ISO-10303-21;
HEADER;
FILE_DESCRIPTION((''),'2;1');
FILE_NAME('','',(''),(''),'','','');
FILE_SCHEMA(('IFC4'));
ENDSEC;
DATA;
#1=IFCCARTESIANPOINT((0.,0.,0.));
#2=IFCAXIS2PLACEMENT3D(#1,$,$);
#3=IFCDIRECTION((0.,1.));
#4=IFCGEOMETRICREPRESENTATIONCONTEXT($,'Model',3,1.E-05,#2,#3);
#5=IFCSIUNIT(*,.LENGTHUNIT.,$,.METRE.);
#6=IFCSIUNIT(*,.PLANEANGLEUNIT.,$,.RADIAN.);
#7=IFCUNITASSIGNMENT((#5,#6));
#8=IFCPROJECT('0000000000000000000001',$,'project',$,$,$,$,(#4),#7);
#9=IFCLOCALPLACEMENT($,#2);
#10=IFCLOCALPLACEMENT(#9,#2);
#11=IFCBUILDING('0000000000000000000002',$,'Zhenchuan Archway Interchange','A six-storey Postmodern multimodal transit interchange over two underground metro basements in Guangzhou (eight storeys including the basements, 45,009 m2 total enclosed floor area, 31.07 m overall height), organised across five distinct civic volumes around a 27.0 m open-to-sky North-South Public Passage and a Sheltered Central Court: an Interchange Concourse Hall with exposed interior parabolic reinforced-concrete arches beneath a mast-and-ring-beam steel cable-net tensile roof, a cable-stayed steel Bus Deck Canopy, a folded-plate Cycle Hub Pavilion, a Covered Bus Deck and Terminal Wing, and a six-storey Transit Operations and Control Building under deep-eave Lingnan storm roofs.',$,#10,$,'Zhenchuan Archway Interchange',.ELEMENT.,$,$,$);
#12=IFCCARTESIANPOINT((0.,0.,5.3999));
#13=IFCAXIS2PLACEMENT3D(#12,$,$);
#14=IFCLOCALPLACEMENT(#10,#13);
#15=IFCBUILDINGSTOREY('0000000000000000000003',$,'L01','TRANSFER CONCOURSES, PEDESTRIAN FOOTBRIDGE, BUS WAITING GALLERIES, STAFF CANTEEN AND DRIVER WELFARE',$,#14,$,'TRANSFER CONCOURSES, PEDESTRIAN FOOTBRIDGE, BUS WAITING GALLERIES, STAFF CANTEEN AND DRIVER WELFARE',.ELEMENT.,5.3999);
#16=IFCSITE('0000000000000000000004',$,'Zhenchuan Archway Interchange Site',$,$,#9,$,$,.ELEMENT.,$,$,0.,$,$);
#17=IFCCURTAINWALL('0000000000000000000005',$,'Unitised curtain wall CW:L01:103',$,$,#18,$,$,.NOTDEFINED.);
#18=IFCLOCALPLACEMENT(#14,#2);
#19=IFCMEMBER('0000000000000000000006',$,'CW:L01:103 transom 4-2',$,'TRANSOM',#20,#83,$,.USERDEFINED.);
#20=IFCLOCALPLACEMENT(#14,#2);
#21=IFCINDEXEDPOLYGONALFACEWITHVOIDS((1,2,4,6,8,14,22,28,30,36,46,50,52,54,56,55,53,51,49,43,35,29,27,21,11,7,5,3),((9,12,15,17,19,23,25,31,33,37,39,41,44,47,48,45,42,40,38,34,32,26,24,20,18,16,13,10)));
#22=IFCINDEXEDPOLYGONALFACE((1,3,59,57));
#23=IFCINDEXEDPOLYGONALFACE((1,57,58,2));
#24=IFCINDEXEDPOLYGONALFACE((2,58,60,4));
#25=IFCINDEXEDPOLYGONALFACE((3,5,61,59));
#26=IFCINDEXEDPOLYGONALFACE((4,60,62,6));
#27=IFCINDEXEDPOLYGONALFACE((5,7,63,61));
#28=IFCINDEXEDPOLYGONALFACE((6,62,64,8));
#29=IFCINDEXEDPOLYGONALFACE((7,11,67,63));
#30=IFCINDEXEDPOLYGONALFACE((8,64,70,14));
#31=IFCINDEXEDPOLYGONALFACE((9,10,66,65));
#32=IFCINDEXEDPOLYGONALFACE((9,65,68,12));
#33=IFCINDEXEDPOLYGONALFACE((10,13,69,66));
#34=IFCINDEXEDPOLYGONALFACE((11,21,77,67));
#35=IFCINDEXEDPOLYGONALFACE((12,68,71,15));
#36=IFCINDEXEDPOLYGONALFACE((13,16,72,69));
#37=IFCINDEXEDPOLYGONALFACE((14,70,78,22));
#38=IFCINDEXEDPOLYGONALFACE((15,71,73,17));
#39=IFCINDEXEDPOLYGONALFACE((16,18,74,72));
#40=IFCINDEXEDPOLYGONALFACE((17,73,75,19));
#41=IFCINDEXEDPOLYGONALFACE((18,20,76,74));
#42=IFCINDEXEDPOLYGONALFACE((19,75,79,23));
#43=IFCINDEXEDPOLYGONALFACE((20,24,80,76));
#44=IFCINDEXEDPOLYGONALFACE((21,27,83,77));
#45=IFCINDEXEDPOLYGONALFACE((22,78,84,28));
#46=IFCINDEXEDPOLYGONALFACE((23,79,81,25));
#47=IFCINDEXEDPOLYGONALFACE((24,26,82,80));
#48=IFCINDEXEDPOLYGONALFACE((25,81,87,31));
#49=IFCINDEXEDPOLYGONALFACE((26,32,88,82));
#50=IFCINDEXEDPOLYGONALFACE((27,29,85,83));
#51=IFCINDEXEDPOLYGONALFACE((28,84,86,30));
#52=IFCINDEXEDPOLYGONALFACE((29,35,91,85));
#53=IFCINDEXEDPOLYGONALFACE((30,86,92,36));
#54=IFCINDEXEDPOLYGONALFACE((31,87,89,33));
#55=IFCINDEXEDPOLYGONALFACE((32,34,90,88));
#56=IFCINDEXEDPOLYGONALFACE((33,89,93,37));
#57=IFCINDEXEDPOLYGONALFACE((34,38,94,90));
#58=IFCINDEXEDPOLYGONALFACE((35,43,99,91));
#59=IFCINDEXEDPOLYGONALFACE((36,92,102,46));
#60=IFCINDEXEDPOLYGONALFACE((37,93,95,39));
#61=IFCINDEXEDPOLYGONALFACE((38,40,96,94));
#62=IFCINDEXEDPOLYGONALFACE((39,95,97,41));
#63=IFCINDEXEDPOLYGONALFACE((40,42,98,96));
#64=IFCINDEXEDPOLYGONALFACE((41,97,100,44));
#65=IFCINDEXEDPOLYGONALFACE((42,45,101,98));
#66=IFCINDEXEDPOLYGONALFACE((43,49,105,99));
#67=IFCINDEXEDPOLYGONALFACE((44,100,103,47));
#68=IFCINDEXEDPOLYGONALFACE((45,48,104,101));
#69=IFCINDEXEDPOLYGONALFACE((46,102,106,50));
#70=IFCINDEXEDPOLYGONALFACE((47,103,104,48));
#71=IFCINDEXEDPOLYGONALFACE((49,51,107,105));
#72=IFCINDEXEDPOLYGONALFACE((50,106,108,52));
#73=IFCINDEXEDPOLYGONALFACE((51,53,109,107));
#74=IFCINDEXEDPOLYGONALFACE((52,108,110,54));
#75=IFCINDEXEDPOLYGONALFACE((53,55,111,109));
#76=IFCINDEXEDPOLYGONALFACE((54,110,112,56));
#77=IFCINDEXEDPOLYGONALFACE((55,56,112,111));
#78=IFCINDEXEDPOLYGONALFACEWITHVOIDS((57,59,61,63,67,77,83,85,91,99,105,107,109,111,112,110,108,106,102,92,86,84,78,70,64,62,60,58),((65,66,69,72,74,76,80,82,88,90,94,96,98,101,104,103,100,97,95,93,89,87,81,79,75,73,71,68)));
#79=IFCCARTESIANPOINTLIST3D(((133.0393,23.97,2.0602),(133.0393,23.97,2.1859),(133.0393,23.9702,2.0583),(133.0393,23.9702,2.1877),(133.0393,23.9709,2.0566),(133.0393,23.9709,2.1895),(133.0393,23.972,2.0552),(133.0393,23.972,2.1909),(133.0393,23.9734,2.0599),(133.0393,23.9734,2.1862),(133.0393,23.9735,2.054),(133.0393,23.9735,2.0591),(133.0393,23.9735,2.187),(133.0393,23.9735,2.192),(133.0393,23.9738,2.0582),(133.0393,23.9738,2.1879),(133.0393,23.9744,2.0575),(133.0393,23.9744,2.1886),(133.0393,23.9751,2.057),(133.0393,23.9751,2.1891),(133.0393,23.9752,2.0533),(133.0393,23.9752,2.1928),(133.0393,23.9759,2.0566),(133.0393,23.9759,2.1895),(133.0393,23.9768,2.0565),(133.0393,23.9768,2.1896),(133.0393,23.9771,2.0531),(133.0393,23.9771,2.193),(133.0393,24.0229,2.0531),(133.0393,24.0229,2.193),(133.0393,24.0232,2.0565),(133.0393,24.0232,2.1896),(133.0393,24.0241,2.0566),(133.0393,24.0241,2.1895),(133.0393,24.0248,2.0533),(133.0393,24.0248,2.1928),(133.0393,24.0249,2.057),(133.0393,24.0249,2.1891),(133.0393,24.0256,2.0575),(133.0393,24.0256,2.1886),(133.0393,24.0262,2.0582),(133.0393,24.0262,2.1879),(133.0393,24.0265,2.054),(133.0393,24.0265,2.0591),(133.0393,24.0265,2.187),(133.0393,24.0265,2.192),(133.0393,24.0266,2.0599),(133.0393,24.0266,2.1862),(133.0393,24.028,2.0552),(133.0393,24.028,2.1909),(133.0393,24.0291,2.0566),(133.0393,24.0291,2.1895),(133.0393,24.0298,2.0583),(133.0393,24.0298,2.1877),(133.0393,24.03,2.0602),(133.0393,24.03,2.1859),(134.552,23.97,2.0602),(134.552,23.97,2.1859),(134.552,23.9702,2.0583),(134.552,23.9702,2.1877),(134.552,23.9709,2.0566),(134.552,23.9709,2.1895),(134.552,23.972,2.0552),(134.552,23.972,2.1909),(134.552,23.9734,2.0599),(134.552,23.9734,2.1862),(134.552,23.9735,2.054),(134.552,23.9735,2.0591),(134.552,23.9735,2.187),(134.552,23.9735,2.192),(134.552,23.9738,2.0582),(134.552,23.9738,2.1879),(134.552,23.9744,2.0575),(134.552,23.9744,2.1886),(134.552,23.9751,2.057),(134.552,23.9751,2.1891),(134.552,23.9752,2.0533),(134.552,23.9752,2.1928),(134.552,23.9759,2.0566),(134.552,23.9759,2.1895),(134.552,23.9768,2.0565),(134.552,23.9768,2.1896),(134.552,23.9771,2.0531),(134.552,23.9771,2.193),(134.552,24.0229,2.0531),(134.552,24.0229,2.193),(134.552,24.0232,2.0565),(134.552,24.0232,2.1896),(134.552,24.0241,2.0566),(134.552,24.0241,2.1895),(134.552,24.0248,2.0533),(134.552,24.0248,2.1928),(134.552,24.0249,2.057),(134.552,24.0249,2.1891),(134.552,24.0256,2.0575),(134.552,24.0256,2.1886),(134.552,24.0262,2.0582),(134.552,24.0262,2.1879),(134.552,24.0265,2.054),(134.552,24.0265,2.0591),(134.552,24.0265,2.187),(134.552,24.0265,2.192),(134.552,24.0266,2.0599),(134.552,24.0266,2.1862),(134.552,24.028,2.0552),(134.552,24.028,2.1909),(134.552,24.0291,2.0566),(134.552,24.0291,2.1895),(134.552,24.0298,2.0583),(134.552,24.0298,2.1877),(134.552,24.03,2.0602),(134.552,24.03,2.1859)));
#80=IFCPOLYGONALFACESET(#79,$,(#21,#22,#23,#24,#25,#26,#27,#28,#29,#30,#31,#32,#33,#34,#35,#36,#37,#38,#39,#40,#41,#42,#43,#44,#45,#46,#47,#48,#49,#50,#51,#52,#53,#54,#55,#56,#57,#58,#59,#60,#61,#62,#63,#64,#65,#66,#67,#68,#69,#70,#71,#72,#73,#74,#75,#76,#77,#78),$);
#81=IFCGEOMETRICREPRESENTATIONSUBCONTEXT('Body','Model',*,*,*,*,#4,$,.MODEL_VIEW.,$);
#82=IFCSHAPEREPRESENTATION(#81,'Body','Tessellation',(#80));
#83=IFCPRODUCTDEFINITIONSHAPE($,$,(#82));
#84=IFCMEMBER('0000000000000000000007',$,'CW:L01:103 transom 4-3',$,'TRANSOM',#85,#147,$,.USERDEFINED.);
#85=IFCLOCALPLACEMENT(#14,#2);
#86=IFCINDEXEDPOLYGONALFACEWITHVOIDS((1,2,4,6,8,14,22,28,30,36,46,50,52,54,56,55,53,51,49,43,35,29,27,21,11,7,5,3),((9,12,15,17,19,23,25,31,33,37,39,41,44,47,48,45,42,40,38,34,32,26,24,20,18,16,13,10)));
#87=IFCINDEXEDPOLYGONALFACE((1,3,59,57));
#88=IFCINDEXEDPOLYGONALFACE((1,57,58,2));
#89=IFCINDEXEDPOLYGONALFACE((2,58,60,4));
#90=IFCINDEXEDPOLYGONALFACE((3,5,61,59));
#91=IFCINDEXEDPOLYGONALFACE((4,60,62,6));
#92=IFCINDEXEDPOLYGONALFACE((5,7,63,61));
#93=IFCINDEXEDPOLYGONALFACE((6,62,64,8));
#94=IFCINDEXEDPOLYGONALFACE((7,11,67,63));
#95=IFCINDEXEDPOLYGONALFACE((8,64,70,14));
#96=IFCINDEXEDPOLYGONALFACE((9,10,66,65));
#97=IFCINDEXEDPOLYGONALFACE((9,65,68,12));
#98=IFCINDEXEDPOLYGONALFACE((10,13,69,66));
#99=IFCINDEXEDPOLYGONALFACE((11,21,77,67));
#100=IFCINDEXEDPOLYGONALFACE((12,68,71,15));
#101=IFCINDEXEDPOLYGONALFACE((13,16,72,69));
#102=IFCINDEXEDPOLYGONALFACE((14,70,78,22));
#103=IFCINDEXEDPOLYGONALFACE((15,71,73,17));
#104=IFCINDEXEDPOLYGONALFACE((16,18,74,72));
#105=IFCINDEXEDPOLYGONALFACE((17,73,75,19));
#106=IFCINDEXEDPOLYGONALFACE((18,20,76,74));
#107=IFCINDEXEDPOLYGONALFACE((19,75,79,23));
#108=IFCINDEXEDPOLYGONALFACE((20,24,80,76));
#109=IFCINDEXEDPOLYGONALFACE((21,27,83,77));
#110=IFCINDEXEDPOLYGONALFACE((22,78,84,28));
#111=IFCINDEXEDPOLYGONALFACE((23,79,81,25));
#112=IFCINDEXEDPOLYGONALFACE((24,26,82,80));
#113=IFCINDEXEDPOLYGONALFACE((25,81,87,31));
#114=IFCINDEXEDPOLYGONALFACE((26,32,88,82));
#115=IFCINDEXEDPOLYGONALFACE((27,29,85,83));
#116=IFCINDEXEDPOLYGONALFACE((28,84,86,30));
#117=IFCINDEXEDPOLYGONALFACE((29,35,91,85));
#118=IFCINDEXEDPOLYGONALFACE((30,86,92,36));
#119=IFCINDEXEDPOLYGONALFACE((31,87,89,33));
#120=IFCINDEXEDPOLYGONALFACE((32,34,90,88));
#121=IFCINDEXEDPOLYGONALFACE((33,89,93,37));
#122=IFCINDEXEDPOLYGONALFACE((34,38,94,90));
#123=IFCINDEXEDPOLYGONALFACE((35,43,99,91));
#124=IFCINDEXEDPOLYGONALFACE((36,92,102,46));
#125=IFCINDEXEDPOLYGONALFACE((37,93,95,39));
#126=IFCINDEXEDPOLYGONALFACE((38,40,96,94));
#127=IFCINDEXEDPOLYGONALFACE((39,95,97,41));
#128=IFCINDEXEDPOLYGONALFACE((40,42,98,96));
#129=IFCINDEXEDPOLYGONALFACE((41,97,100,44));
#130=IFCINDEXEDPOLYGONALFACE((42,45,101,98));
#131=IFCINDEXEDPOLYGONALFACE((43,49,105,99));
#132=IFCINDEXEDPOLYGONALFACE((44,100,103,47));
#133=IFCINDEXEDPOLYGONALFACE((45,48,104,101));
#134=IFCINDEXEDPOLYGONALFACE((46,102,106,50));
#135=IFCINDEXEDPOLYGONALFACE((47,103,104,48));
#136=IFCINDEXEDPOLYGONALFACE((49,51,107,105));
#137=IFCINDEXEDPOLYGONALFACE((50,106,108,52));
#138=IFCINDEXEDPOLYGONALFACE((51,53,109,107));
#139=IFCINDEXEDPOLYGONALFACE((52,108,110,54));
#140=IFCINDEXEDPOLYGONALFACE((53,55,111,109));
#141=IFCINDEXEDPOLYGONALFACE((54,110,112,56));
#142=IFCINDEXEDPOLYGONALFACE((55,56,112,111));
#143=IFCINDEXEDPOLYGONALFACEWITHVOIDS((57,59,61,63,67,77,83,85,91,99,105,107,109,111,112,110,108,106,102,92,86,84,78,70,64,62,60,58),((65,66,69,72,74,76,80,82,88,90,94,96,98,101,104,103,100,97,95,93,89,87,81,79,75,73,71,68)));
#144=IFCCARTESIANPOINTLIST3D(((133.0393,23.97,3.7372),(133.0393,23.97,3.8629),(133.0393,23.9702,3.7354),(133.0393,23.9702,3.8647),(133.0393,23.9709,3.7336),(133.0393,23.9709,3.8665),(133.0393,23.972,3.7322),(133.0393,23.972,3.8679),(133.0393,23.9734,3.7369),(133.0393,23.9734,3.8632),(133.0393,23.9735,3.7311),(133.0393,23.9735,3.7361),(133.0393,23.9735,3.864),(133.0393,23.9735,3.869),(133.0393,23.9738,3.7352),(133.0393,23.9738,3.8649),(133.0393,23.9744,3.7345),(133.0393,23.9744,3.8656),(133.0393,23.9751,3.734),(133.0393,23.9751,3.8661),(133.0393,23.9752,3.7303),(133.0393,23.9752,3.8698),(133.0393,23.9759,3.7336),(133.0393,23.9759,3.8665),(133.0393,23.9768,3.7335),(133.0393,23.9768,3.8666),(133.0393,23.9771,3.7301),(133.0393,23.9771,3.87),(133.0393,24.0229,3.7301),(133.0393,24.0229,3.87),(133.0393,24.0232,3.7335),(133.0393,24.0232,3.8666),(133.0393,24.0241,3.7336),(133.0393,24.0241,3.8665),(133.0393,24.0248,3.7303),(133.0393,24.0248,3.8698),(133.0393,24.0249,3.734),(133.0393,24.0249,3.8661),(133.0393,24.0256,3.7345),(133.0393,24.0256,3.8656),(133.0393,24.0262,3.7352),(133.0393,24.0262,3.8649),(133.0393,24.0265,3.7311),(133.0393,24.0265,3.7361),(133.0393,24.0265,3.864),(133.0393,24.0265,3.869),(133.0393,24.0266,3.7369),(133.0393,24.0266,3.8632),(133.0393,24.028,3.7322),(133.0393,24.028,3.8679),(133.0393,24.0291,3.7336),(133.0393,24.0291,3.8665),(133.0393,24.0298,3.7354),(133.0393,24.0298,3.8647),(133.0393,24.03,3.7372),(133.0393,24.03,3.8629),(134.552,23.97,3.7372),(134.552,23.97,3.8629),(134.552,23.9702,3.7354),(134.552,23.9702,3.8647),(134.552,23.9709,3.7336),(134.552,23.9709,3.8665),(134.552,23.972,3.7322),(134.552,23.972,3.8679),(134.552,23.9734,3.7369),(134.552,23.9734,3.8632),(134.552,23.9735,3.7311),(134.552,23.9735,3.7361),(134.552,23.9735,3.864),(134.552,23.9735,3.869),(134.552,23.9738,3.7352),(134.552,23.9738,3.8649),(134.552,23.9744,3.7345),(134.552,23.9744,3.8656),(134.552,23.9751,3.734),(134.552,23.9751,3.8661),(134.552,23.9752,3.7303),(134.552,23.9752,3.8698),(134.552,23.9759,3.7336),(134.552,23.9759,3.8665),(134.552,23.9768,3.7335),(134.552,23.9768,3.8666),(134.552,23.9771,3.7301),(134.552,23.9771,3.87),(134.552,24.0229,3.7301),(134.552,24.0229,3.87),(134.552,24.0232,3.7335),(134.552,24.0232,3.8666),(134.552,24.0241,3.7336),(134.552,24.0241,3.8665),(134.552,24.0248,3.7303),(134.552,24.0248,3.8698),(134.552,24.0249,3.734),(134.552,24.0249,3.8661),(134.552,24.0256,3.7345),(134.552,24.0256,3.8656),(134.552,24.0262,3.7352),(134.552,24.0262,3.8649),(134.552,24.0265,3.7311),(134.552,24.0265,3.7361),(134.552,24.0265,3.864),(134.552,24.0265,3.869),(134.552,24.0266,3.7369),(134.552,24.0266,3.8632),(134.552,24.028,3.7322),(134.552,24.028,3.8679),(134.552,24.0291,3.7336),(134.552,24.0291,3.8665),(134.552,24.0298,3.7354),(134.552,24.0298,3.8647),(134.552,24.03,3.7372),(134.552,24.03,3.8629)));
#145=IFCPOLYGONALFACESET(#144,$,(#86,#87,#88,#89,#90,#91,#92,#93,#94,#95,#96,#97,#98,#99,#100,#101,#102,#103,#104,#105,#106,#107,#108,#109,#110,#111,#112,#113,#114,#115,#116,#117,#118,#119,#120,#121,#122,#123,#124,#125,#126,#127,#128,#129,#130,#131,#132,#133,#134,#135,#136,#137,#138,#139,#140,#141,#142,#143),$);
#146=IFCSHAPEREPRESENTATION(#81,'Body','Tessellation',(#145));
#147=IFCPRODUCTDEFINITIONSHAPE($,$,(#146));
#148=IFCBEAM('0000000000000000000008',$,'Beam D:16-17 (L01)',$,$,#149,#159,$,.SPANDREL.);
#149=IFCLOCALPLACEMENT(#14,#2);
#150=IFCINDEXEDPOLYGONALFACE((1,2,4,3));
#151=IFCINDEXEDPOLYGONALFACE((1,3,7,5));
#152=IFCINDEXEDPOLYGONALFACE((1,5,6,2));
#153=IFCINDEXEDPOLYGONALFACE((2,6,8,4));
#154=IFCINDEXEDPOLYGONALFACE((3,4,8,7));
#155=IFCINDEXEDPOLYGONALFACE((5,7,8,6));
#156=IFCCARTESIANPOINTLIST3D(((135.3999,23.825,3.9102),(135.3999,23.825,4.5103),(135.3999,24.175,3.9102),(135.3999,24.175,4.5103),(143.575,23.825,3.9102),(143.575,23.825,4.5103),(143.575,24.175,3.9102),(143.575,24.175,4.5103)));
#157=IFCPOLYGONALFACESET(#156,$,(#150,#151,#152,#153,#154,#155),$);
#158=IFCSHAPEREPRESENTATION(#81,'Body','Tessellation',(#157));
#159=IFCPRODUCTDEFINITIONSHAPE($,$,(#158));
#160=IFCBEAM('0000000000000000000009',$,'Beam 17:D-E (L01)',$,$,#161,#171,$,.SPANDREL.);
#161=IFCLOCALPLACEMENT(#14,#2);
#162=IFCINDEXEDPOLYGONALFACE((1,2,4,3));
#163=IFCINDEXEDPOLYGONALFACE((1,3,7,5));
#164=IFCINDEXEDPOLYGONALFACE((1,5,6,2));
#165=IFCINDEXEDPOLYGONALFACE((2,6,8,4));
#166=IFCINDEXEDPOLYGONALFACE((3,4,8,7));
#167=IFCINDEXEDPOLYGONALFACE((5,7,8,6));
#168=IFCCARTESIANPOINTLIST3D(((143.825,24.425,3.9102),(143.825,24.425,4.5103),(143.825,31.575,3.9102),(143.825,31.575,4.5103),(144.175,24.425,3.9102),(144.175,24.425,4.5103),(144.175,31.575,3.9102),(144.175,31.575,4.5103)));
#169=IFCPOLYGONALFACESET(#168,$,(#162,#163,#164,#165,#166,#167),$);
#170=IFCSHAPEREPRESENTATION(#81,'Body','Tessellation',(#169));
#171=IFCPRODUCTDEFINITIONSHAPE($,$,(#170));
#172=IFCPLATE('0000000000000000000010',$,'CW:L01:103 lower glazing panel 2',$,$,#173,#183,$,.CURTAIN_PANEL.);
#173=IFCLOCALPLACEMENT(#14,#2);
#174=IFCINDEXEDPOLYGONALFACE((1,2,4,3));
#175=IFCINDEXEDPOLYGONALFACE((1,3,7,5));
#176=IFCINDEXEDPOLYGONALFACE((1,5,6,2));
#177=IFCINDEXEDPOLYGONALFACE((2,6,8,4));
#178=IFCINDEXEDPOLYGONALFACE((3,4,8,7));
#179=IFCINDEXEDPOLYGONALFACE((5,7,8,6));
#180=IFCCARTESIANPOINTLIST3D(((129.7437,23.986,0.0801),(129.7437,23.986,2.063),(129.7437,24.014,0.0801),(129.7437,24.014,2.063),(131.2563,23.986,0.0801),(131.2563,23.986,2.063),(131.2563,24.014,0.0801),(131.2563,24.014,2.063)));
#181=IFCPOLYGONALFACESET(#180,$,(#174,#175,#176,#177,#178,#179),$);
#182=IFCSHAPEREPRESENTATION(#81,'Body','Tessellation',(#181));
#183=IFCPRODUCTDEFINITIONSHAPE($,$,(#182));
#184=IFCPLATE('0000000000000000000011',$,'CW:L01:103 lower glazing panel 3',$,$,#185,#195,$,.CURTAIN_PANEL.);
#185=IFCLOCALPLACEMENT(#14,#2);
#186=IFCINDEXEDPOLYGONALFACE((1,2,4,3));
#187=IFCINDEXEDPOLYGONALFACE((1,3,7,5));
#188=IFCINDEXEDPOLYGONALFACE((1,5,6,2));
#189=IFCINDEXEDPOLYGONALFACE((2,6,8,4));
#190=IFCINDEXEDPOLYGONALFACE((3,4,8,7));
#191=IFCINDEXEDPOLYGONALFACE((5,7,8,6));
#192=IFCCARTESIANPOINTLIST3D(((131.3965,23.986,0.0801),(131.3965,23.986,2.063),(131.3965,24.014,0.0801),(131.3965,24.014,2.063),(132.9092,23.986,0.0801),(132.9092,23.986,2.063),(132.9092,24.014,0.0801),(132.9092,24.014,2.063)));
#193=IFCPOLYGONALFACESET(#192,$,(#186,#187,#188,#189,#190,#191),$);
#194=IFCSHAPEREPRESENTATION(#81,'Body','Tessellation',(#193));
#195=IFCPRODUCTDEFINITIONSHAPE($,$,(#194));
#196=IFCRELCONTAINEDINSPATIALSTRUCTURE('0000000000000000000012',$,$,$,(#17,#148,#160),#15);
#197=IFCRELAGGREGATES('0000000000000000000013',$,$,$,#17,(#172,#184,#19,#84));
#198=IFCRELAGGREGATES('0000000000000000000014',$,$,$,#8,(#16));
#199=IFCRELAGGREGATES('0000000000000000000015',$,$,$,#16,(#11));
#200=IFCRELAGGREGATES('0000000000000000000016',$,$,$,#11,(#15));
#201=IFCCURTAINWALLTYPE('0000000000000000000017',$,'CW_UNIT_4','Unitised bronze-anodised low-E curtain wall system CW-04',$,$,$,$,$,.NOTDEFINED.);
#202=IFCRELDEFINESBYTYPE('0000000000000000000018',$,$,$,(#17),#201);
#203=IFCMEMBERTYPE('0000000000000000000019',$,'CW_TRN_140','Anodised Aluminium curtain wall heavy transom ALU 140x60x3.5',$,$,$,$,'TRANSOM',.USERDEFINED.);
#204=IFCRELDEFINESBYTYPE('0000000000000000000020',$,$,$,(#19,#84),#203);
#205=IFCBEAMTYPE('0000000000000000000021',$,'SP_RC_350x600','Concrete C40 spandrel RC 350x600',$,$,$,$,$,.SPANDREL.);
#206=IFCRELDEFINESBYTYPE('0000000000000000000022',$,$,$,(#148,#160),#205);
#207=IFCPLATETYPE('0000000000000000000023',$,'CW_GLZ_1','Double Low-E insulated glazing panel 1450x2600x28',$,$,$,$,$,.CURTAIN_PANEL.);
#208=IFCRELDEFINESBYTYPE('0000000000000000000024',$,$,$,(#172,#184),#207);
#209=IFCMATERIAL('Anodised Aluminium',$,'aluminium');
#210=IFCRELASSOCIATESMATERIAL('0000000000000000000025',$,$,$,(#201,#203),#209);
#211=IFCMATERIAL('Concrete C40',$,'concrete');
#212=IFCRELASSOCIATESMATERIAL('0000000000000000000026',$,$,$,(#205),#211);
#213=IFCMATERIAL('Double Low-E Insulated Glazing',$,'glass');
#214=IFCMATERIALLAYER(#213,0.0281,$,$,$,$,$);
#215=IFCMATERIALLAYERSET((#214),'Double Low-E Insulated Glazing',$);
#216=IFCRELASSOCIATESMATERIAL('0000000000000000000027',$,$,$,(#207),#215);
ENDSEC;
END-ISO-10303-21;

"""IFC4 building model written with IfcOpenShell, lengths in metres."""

from ifc_helpers import new_model, si_unit, direction, frame, origin, origin_2d, place, context, subcontext, project, spatial, rectangle, hollow_rectangle, extrude, material, layer, layer_set, material_profile, profile_set, type_object, element, aggregate, save


model = new_model("IFC4")

# Units and contexts
model_context = context("Model", 3, precision=1e-05, world=origin(), true_north=direction((0.0, 1.0)))
body_context = subcontext(model_context, "Body", "Model", "MODEL_VIEW")
ifc_project = project(units=[si_unit("LENGTHUNIT", "METRE"), si_unit("PLANEANGLEUNIT", "RADIAN")], contexts=[model_context])

# Site, building, storey
site_placement = place(None, origin())
site = spatial("IfcSite", under=ifc_project, at=site_placement, Name="Zhenchuan Archway Interchange Site", CompositionType="ELEMENT", RefElevation=0.0)
building_placement = place(site_placement, origin())
building = spatial("IfcBuilding", under=site, at=building_placement, Name="Zhenchuan Archway Interchange", Description="A six-storey Postmodern multimodal transit interchange over two underground metro basements in Guangzhou (eight storeys including the basements, 45,009 m2 total enclosed floor area, 31.07 m overall height), organised across five distinct civic volumes around a 27.0 m open-to-sky North-South Public Passage and a Sheltered Central Court: an Interchange Concourse Hall with exposed interior parabolic reinforced-concrete arches beneath a mast-and-ring-beam steel cable-net tensile roof, a cable-stayed steel Bus Deck Canopy, a folded-plate Cycle Hub Pavilion, a Covered Bus Deck and Terminal Wing, and a six-storey Transit Operations and Control Building under deep-eave Lingnan storm roofs.", LongName="Zhenchuan Archway Interchange", CompositionType="ELEMENT")
storey_placement = place(building_placement, frame((0.0, 0.0, 5.3999)))
storey = spatial("IfcBuildingStorey", under=building, at=storey_placement, Name="L01", Description="TRANSFER CONCOURSES, PEDESTRIAN FOOTBRIDGE, BUS WAITING GALLERIES, STAFF CANTEEN AND DRIVER WELFARE", LongName="TRANSFER CONCOURSES, PEDESTRIAN FOOTBRIDGE, BUS WAITING GALLERIES, STAFF CANTEEN AND DRIVER WELFARE", CompositionType="ELEMENT", Elevation=5.3999)

# Shared definitions
ifc_material_1 = material(Name="Concrete C40", Category="concrete")

# Curtain wall
ifc_material_2 = material(Name="Anodised Aluminium", Category="aluminium")
curtain_wall_type_1 = type_object("IfcCurtainWallType", Name="CW_UNIT_4", Description="Unitised bronze-anodised low-E curtain wall system CW-04", PredefinedType="NOTDEFINED", material=ifc_material_2)
curtain_wall_1_placement = place(storey_placement, origin())
curtain_wall_1 = element("IfcCurtainWall", 1, at=curtain_wall_1_placement, inside=storey, type_object=curtain_wall_type_1, Name="Unitised curtain wall CW:L01:103", PredefinedType="NOTDEFINED")

# Members
ifc_material_profile_1 = material_profile(ifc_material_2, hollow_rectangle(XDim=0.0601, YDim=0.1399, WallThickness=0.0034, InnerFilletRadius=0.0034, OuterFilletRadius=0.0071, at=origin_2d()), Name="ALU 140x60x3.5")
ifc_profile_set_1 = profile_set([ifc_material_profile_1], Name="Anodised Aluminium")
member_type_1 = type_object("IfcMemberType", Name="CW_TRN_140", Description="Anodised Aluminium curtain wall heavy transom ALU 140x60x3.5", ElementType="TRANSOM", PredefinedType="USERDEFINED", material=ifc_profile_set_1)
member_1_placement = place(storey_placement, frame((133.0393, 24.0, 2.123), z_axis=(1.0, 0.0, 0.0), x_axis=(0.0, 1.0, 0.0)))
member_1 = element("IfcMember", 2, at=member_1_placement, type_object=member_type_1, Name="CW:L01:103 transom 4-2", ObjectType="TRANSOM", PredefinedType="USERDEFINED", context=body_context, shape_type="SweptSolid", body=[
    extrude(hollow_rectangle(XDim=0.0601, YDim=0.1399, WallThickness=0.0034, InnerFilletRadius=0.0034, OuterFilletRadius=0.0071, at=origin_2d()), origin(), (0.0, 0.0, 1.0), 1.5127),
])
member_2_placement = place(storey_placement, frame((133.0393, 24.0, 3.8), z_axis=(1.0, 0.0, 0.0), x_axis=(0.0, 1.0, 0.0)))
member_2 = element("IfcMember", 3, at=member_2_placement, type_object=member_type_1, Name="CW:L01:103 transom 4-3", ObjectType="TRANSOM", PredefinedType="USERDEFINED", context=body_context, shape_type="SweptSolid", body=[
    extrude(hollow_rectangle(XDim=0.0601, YDim=0.1399, WallThickness=0.0034, InnerFilletRadius=0.0034, OuterFilletRadius=0.0071, at=origin_2d()), origin(), (0.0, 0.0, 1.0), 1.5127),
])

# Beams
ifc_material_profile_2 = material_profile(ifc_material_1, rectangle(XDim=0.3501, YDim=0.6001, at=origin_2d()), Name="RC 350x600")
ifc_profile_set_2 = profile_set([ifc_material_profile_2], Name="Concrete C40")
beam_type = type_object("IfcBeamType", Name="SP_RC_350x600", Description="Concrete C40 spandrel RC 350x600", PredefinedType="SPANDREL", material=ifc_profile_set_2)
beam_1_placement = place(storey_placement, frame((135.3999, 24.0, 4.2102), z_axis=(1.0, 0.0, 0.0), x_axis=(0.0, 1.0, 0.0)))
element("IfcBeam", 4, at=beam_1_placement, inside=storey, type_object=beam_type, Name="Beam D:16-17 (L01)", PredefinedType="SPANDREL", context=body_context, shape_type="SweptSolid", body=[
    extrude(rectangle(XDim=0.3501, YDim=0.6001, at=origin_2d()), origin(), (0.0, 0.0, 1.0), 8.175),
])
beam_2_placement = place(storey_placement, frame((144.0, 24.425, 4.2102), z_axis=(0.0, 1.0, 0.0), x_axis=(-1.0, 0.0, 0.0)))
element("IfcBeam", 5, at=beam_2_placement, inside=storey, type_object=beam_type, Name="Beam 17:D-E (L01)", PredefinedType="SPANDREL", context=body_context, shape_type="SweptSolid", body=[
    extrude(rectangle(XDim=0.3501, YDim=0.6001, at=origin_2d()), origin(), (0.0, 0.0, 1.0), 7.1499),
])

# Plates
ifc_material_3 = material(Name="Double Low-E Insulated Glazing", Category="glass")
ifc_layer_1 = layer(ifc_material_3, 0.0281)
ifc_layer_set_1 = layer_set([ifc_layer_1], Name="Double Low-E Insulated Glazing")
plate_type_1 = type_object("IfcPlateType", Name="CW_GLZ_1", Description="Double Low-E insulated glazing panel 1450x2600x28", PredefinedType="CURTAIN_PANEL", material=ifc_layer_set_1)
plate_1_placement = place(storey_placement, frame((130.5, 24.0, 0.0801), z_axis=(0.0, 0.0, 1.0), x_axis=(1.0, 0.0, 0.0)))
plate_1 = element("IfcPlate", 6, at=plate_1_placement, type_object=plate_type_1, Name="CW:L01:103 lower glazing panel 2", PredefinedType="CURTAIN_PANEL", context=body_context, shape_type="SweptSolid", body=[
    extrude(rectangle(XDim=1.5127, YDim=0.0281, at=origin_2d()), origin(), (0.0, 0.0, 1.0), 1.9829),
])
plate_2_placement = place(storey_placement, frame((132.1528, 24.0, 0.0801), z_axis=(0.0, 0.0, 1.0), x_axis=(1.0, 0.0, 0.0)))
plate_2 = element("IfcPlate", 7, at=plate_2_placement, type_object=plate_type_1, Name="CW:L01:103 lower glazing panel 3", PredefinedType="CURTAIN_PANEL", context=body_context, shape_type="SweptSolid", body=[
    extrude(rectangle(XDim=1.5127, YDim=0.0281, at=origin_2d()), origin(), (0.0, 0.0, 1.0), 1.9829),
])
aggregate(curtain_wall_1, [plate_1, plate_2, member_1, member_2])

save(model, "model.ifc")
